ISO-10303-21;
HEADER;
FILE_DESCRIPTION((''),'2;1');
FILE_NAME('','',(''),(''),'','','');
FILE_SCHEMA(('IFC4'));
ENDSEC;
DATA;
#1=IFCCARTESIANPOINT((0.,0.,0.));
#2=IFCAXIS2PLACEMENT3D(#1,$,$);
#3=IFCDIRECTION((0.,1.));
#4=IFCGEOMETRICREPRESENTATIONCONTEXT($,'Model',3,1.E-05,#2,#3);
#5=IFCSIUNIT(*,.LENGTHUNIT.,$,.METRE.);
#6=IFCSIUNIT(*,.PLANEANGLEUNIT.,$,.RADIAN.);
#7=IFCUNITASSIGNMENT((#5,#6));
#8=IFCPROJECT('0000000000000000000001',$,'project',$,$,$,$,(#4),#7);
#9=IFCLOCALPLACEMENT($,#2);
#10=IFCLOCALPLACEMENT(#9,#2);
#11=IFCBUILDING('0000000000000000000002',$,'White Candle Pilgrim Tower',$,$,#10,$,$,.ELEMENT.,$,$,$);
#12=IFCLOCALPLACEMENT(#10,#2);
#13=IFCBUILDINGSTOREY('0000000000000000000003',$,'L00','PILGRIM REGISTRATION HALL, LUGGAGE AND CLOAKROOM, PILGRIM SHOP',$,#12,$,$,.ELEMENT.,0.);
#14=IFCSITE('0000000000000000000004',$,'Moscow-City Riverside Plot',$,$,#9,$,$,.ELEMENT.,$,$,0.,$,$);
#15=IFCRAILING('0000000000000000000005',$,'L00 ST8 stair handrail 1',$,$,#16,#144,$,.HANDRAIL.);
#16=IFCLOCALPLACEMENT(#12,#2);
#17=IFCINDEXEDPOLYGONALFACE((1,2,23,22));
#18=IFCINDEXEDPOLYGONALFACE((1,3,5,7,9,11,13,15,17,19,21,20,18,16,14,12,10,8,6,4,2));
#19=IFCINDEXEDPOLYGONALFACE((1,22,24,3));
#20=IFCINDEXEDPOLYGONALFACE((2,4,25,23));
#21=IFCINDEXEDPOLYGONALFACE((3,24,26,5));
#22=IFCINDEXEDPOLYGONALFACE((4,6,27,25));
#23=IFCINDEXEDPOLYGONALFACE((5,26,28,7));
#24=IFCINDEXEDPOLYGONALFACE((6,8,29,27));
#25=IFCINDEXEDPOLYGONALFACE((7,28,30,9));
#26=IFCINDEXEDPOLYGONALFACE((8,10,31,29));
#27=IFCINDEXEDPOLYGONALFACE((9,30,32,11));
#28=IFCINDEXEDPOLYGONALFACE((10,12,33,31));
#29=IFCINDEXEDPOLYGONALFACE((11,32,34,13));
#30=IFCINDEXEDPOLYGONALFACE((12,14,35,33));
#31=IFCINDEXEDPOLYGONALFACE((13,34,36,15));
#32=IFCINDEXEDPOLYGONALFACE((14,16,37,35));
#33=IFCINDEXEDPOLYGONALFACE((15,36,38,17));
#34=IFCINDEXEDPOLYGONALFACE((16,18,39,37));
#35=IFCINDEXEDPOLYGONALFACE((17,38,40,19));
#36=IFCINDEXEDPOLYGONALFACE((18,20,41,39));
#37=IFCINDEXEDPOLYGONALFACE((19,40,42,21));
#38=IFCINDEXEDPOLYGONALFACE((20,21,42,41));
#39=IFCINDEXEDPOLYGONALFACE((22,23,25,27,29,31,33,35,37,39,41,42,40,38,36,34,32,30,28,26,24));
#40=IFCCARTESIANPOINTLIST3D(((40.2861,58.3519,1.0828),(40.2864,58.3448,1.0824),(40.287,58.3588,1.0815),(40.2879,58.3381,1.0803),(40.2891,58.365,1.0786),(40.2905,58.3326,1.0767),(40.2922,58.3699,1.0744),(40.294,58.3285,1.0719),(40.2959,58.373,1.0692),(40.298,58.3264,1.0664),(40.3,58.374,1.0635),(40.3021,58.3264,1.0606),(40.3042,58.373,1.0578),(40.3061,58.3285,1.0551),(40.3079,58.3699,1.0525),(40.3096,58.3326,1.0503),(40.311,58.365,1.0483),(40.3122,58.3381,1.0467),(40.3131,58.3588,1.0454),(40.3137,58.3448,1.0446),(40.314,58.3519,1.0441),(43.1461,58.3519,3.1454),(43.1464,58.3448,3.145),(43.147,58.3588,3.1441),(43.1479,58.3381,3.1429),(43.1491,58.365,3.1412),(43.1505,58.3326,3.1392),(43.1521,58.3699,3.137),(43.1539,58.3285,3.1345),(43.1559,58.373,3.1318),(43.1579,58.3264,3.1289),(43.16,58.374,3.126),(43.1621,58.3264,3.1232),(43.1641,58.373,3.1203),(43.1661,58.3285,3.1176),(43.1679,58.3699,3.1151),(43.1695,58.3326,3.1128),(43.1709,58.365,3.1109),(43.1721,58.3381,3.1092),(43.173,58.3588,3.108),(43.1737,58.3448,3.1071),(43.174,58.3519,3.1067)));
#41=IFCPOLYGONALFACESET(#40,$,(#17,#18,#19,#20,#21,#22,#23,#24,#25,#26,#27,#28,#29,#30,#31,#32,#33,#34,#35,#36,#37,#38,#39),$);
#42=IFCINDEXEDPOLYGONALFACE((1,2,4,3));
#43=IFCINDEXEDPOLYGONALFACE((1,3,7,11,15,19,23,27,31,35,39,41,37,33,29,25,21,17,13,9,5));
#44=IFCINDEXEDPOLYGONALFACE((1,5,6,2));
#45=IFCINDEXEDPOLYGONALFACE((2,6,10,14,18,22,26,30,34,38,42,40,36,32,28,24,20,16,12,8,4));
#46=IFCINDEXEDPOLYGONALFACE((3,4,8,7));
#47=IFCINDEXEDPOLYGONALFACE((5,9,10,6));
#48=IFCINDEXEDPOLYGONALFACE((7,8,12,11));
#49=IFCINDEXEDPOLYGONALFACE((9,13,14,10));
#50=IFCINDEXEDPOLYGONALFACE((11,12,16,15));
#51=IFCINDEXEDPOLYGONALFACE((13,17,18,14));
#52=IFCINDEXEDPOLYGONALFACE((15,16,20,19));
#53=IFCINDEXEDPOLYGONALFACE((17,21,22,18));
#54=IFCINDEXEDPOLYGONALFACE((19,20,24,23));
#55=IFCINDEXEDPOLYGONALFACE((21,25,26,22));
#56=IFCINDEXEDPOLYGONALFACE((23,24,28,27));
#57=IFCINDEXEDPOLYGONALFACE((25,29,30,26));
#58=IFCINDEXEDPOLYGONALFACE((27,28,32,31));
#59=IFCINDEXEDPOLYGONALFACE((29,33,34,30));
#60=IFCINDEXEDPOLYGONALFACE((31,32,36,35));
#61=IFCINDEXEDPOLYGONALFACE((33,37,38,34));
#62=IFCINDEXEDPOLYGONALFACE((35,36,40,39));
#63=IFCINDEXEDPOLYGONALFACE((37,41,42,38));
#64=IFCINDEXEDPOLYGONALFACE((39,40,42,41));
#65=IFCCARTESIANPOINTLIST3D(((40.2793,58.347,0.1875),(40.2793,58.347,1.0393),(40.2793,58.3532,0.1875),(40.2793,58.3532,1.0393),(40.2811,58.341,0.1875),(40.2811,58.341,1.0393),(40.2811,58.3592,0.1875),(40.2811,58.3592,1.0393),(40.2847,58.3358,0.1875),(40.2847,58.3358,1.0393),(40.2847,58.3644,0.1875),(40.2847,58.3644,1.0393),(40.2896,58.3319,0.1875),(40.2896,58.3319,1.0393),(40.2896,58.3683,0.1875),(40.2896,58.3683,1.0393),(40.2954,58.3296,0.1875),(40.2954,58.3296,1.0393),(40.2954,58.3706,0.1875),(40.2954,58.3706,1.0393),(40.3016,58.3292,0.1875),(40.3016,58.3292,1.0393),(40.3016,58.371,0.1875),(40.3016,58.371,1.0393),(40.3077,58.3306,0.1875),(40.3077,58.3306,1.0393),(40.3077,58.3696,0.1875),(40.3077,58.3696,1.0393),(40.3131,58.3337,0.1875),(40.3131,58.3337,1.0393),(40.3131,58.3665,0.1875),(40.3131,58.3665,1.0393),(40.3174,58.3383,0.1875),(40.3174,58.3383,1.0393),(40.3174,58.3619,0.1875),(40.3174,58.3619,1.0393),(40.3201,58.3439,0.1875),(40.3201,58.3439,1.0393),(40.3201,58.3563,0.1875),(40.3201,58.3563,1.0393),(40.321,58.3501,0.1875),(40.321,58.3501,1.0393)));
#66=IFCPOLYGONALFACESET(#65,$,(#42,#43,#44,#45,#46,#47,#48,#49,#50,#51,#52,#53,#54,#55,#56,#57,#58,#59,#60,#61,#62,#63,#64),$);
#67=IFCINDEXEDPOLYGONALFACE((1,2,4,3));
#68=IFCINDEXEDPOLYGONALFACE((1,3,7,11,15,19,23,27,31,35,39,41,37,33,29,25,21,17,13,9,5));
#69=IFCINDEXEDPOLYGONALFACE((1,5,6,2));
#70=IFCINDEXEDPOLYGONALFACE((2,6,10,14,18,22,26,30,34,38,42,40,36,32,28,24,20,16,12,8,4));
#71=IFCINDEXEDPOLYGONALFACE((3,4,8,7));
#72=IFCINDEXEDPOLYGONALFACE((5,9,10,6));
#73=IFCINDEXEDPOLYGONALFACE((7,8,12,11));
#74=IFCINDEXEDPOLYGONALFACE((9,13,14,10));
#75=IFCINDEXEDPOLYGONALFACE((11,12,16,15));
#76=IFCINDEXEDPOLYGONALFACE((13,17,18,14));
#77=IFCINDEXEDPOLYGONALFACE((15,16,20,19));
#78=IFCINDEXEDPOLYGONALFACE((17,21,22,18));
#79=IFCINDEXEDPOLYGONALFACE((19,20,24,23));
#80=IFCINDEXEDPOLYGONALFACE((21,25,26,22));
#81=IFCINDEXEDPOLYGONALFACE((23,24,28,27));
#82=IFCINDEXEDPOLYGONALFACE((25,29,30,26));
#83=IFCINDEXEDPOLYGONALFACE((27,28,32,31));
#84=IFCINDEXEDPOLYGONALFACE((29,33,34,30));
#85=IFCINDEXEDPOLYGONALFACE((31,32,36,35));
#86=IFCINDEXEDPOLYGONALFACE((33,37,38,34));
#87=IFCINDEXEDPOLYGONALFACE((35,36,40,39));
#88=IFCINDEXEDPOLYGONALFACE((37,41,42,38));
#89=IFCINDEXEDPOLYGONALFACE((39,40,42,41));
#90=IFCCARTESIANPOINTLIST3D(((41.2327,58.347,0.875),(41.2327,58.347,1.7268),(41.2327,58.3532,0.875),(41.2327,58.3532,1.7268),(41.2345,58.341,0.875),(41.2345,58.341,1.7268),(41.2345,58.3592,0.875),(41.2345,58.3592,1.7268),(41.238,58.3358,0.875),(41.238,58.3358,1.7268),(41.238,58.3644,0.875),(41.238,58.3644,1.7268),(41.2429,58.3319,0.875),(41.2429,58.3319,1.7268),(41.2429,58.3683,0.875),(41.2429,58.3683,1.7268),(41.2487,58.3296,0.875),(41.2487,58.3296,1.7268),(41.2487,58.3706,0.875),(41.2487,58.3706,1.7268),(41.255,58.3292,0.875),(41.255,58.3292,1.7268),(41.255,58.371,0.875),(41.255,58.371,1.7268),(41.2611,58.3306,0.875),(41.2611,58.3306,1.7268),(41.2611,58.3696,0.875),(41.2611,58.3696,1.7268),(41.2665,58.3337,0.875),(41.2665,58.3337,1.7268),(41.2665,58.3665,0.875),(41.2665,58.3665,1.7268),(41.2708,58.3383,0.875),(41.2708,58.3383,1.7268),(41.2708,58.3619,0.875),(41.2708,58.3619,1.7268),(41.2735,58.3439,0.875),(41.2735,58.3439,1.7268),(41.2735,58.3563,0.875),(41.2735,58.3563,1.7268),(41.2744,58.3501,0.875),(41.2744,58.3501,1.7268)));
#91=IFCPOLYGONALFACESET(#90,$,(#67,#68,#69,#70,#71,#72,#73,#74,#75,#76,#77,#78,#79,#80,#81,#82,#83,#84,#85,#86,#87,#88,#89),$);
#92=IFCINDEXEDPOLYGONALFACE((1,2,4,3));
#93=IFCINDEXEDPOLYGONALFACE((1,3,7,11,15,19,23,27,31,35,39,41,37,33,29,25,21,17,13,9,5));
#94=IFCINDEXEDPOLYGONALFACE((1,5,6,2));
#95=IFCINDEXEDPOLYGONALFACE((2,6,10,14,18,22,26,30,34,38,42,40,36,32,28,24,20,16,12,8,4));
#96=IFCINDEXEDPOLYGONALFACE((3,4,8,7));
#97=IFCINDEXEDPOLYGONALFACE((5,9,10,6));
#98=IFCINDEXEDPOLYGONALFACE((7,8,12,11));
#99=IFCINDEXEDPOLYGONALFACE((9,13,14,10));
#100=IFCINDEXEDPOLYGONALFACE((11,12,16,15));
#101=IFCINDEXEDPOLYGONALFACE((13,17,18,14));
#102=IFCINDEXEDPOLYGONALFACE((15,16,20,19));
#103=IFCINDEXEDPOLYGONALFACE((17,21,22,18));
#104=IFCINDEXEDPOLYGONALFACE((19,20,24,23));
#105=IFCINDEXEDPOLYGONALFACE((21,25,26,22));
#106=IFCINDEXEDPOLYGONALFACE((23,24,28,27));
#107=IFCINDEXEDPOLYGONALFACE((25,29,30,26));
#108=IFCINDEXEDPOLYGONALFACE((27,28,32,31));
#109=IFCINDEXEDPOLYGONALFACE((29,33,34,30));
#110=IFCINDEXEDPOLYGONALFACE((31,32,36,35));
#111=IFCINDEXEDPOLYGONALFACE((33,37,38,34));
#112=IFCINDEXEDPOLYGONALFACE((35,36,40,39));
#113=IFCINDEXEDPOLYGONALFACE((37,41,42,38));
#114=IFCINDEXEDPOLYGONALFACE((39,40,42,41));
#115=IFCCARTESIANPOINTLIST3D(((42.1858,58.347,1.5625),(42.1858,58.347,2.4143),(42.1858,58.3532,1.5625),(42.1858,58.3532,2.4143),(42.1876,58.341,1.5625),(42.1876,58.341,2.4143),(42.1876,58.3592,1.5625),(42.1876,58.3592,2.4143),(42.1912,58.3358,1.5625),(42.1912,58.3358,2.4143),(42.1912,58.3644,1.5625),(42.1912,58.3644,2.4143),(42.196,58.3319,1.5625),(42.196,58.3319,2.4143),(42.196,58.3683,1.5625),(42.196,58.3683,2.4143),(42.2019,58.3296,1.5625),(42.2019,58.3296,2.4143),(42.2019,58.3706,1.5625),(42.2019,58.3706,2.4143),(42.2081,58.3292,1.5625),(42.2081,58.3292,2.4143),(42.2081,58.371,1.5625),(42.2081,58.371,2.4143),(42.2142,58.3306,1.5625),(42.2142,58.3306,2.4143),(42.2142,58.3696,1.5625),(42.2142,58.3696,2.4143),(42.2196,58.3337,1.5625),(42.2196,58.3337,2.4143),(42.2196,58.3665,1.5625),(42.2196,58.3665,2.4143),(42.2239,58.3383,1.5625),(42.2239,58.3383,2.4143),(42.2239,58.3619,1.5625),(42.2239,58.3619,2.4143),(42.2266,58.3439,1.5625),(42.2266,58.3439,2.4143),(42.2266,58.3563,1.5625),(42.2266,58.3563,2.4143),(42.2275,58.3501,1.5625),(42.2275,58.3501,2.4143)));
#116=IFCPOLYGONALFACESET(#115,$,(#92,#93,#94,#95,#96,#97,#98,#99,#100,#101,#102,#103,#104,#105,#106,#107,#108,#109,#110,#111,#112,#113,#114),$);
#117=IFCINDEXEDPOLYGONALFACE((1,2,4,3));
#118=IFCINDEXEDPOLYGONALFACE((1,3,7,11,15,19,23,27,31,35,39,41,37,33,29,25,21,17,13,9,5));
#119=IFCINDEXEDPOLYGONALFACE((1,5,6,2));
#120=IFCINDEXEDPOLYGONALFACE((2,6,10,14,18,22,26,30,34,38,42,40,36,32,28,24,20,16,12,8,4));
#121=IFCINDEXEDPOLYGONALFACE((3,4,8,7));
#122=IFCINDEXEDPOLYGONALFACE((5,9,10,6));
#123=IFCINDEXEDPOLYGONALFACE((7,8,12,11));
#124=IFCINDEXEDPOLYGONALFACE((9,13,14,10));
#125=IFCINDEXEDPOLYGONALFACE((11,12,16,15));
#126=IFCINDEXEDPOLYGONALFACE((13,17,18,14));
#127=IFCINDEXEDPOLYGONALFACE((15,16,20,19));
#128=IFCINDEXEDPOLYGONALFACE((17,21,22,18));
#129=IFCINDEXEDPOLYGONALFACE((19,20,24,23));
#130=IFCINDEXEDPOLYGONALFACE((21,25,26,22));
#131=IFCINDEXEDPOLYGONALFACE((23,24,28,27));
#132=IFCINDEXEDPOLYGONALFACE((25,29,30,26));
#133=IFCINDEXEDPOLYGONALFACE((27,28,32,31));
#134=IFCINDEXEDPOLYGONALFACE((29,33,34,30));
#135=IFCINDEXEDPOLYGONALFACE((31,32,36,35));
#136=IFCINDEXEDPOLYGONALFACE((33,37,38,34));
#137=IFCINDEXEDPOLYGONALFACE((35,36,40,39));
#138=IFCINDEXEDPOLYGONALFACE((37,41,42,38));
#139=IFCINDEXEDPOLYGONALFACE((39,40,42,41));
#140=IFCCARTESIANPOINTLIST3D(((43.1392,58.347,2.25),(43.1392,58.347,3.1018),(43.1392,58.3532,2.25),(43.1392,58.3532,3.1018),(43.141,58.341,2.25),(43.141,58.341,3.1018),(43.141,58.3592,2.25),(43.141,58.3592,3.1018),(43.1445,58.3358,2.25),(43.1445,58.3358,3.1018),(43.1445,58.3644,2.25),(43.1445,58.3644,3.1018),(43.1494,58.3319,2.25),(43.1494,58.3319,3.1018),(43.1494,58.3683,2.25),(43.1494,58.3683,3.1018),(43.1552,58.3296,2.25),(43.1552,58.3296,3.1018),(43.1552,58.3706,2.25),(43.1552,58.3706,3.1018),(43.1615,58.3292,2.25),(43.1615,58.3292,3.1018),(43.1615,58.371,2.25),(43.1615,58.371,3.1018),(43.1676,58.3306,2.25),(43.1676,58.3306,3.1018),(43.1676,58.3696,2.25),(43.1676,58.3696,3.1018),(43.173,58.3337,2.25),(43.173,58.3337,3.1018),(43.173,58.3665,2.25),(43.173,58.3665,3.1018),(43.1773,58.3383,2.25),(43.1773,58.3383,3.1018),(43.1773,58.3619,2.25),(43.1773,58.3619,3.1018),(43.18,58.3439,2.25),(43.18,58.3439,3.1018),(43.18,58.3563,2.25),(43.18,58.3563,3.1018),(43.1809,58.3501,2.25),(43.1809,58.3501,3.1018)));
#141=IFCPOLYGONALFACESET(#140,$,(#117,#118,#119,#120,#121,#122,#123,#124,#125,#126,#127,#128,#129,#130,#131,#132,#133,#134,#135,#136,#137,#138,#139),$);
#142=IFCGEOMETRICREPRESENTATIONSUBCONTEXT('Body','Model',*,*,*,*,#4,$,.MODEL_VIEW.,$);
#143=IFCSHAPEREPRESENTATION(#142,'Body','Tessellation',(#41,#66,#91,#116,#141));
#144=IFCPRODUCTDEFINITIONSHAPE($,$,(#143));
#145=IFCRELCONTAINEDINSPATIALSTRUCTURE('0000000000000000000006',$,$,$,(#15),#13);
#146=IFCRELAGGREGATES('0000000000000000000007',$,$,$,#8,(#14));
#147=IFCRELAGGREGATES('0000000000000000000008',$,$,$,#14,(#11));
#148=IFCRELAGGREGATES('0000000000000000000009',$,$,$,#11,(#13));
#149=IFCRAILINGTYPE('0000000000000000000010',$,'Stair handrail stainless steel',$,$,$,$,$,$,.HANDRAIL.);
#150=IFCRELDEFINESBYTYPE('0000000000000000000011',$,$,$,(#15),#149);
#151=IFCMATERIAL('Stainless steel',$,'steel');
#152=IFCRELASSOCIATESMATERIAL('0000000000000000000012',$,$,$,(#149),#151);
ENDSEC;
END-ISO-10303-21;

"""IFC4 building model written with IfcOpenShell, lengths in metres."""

from ifc_helpers import new_model, si_unit, direction, frame, origin, origin_2d, place, context, subcontext, project, spatial, circle, extrude, material, type_object, element, save


model = new_model("IFC4")

# Units and contexts
model_context = context("Model", 3, precision=1e-05, world=origin(), true_north=direction((0.0, 1.0)))
body_context = subcontext(model_context, "Body", "Model", "MODEL_VIEW")
ifc_project = project(units=[si_unit("LENGTHUNIT", "METRE"), si_unit("PLANEANGLEUNIT", "RADIAN")], contexts=[model_context])

# Site, building, storey
site_placement = place(None, origin())
site = spatial("IfcSite", under=ifc_project, at=site_placement, Name="Moscow-City Riverside Plot", CompositionType="ELEMENT", RefElevation=0.0)
building_placement = place(site_placement, origin())
building = spatial("IfcBuilding", under=site, at=building_placement, Name="White Candle Pilgrim Tower", CompositionType="ELEMENT")
storey_placement = place(building_placement, origin())
storey = spatial("IfcBuildingStorey", under=building, at=storey_placement, Name="L00", Description="PILGRIM REGISTRATION HALL, LUGGAGE AND CLOAKROOM, PILGRIM SHOP", CompositionType="ELEMENT", Elevation=0.0)

# Railing
ifc_material_1 = material(Name="Stainless steel", Category="steel")
railing_type_1 = type_object("IfcRailingType", Name="Stair handrail stainless steel", PredefinedType="HANDRAIL", material=ifc_material_1)
railing_placement = place(storey_placement, frame((40.3, 58.3501, 0.1875)))
element("IfcRailing", 1, at=railing_placement, inside=storey, type_object=railing_type_1, Name="L00 ST8 stair handrail 1", PredefinedType="HANDRAIL", context=body_context, shape_type="SweptSolid", body=[
    extrude(circle(Radius=0.0239, at=origin_2d()), frame((0.0, 0.0, 0.876), z_axis=(0.811077, 0.0, 0.584939), x_axis=(0.0, 1.0, 0.0)), (0.0, 0.0, 1.0), 3.5261),
    extrude(circle(Radius=0.021, at=origin_2d()), origin(), (0.0, 0.0, 1.0), 0.8518),
    extrude(circle(Radius=0.021, at=origin_2d()), frame((0.9534, 0.0, 0.6875)), (0.0, 0.0, 1.0), 0.8518),
    extrude(circle(Radius=0.021, at=origin_2d()), frame((1.9065, 0.0, 1.375)), (0.0, 0.0, 1.0), 0.8518),
    extrude(circle(Radius=0.021, at=origin_2d()), frame((2.8599, 0.0, 2.0625)), (0.0, 0.0, 1.0), 0.8518),
])

save(model, "model.ifc")
